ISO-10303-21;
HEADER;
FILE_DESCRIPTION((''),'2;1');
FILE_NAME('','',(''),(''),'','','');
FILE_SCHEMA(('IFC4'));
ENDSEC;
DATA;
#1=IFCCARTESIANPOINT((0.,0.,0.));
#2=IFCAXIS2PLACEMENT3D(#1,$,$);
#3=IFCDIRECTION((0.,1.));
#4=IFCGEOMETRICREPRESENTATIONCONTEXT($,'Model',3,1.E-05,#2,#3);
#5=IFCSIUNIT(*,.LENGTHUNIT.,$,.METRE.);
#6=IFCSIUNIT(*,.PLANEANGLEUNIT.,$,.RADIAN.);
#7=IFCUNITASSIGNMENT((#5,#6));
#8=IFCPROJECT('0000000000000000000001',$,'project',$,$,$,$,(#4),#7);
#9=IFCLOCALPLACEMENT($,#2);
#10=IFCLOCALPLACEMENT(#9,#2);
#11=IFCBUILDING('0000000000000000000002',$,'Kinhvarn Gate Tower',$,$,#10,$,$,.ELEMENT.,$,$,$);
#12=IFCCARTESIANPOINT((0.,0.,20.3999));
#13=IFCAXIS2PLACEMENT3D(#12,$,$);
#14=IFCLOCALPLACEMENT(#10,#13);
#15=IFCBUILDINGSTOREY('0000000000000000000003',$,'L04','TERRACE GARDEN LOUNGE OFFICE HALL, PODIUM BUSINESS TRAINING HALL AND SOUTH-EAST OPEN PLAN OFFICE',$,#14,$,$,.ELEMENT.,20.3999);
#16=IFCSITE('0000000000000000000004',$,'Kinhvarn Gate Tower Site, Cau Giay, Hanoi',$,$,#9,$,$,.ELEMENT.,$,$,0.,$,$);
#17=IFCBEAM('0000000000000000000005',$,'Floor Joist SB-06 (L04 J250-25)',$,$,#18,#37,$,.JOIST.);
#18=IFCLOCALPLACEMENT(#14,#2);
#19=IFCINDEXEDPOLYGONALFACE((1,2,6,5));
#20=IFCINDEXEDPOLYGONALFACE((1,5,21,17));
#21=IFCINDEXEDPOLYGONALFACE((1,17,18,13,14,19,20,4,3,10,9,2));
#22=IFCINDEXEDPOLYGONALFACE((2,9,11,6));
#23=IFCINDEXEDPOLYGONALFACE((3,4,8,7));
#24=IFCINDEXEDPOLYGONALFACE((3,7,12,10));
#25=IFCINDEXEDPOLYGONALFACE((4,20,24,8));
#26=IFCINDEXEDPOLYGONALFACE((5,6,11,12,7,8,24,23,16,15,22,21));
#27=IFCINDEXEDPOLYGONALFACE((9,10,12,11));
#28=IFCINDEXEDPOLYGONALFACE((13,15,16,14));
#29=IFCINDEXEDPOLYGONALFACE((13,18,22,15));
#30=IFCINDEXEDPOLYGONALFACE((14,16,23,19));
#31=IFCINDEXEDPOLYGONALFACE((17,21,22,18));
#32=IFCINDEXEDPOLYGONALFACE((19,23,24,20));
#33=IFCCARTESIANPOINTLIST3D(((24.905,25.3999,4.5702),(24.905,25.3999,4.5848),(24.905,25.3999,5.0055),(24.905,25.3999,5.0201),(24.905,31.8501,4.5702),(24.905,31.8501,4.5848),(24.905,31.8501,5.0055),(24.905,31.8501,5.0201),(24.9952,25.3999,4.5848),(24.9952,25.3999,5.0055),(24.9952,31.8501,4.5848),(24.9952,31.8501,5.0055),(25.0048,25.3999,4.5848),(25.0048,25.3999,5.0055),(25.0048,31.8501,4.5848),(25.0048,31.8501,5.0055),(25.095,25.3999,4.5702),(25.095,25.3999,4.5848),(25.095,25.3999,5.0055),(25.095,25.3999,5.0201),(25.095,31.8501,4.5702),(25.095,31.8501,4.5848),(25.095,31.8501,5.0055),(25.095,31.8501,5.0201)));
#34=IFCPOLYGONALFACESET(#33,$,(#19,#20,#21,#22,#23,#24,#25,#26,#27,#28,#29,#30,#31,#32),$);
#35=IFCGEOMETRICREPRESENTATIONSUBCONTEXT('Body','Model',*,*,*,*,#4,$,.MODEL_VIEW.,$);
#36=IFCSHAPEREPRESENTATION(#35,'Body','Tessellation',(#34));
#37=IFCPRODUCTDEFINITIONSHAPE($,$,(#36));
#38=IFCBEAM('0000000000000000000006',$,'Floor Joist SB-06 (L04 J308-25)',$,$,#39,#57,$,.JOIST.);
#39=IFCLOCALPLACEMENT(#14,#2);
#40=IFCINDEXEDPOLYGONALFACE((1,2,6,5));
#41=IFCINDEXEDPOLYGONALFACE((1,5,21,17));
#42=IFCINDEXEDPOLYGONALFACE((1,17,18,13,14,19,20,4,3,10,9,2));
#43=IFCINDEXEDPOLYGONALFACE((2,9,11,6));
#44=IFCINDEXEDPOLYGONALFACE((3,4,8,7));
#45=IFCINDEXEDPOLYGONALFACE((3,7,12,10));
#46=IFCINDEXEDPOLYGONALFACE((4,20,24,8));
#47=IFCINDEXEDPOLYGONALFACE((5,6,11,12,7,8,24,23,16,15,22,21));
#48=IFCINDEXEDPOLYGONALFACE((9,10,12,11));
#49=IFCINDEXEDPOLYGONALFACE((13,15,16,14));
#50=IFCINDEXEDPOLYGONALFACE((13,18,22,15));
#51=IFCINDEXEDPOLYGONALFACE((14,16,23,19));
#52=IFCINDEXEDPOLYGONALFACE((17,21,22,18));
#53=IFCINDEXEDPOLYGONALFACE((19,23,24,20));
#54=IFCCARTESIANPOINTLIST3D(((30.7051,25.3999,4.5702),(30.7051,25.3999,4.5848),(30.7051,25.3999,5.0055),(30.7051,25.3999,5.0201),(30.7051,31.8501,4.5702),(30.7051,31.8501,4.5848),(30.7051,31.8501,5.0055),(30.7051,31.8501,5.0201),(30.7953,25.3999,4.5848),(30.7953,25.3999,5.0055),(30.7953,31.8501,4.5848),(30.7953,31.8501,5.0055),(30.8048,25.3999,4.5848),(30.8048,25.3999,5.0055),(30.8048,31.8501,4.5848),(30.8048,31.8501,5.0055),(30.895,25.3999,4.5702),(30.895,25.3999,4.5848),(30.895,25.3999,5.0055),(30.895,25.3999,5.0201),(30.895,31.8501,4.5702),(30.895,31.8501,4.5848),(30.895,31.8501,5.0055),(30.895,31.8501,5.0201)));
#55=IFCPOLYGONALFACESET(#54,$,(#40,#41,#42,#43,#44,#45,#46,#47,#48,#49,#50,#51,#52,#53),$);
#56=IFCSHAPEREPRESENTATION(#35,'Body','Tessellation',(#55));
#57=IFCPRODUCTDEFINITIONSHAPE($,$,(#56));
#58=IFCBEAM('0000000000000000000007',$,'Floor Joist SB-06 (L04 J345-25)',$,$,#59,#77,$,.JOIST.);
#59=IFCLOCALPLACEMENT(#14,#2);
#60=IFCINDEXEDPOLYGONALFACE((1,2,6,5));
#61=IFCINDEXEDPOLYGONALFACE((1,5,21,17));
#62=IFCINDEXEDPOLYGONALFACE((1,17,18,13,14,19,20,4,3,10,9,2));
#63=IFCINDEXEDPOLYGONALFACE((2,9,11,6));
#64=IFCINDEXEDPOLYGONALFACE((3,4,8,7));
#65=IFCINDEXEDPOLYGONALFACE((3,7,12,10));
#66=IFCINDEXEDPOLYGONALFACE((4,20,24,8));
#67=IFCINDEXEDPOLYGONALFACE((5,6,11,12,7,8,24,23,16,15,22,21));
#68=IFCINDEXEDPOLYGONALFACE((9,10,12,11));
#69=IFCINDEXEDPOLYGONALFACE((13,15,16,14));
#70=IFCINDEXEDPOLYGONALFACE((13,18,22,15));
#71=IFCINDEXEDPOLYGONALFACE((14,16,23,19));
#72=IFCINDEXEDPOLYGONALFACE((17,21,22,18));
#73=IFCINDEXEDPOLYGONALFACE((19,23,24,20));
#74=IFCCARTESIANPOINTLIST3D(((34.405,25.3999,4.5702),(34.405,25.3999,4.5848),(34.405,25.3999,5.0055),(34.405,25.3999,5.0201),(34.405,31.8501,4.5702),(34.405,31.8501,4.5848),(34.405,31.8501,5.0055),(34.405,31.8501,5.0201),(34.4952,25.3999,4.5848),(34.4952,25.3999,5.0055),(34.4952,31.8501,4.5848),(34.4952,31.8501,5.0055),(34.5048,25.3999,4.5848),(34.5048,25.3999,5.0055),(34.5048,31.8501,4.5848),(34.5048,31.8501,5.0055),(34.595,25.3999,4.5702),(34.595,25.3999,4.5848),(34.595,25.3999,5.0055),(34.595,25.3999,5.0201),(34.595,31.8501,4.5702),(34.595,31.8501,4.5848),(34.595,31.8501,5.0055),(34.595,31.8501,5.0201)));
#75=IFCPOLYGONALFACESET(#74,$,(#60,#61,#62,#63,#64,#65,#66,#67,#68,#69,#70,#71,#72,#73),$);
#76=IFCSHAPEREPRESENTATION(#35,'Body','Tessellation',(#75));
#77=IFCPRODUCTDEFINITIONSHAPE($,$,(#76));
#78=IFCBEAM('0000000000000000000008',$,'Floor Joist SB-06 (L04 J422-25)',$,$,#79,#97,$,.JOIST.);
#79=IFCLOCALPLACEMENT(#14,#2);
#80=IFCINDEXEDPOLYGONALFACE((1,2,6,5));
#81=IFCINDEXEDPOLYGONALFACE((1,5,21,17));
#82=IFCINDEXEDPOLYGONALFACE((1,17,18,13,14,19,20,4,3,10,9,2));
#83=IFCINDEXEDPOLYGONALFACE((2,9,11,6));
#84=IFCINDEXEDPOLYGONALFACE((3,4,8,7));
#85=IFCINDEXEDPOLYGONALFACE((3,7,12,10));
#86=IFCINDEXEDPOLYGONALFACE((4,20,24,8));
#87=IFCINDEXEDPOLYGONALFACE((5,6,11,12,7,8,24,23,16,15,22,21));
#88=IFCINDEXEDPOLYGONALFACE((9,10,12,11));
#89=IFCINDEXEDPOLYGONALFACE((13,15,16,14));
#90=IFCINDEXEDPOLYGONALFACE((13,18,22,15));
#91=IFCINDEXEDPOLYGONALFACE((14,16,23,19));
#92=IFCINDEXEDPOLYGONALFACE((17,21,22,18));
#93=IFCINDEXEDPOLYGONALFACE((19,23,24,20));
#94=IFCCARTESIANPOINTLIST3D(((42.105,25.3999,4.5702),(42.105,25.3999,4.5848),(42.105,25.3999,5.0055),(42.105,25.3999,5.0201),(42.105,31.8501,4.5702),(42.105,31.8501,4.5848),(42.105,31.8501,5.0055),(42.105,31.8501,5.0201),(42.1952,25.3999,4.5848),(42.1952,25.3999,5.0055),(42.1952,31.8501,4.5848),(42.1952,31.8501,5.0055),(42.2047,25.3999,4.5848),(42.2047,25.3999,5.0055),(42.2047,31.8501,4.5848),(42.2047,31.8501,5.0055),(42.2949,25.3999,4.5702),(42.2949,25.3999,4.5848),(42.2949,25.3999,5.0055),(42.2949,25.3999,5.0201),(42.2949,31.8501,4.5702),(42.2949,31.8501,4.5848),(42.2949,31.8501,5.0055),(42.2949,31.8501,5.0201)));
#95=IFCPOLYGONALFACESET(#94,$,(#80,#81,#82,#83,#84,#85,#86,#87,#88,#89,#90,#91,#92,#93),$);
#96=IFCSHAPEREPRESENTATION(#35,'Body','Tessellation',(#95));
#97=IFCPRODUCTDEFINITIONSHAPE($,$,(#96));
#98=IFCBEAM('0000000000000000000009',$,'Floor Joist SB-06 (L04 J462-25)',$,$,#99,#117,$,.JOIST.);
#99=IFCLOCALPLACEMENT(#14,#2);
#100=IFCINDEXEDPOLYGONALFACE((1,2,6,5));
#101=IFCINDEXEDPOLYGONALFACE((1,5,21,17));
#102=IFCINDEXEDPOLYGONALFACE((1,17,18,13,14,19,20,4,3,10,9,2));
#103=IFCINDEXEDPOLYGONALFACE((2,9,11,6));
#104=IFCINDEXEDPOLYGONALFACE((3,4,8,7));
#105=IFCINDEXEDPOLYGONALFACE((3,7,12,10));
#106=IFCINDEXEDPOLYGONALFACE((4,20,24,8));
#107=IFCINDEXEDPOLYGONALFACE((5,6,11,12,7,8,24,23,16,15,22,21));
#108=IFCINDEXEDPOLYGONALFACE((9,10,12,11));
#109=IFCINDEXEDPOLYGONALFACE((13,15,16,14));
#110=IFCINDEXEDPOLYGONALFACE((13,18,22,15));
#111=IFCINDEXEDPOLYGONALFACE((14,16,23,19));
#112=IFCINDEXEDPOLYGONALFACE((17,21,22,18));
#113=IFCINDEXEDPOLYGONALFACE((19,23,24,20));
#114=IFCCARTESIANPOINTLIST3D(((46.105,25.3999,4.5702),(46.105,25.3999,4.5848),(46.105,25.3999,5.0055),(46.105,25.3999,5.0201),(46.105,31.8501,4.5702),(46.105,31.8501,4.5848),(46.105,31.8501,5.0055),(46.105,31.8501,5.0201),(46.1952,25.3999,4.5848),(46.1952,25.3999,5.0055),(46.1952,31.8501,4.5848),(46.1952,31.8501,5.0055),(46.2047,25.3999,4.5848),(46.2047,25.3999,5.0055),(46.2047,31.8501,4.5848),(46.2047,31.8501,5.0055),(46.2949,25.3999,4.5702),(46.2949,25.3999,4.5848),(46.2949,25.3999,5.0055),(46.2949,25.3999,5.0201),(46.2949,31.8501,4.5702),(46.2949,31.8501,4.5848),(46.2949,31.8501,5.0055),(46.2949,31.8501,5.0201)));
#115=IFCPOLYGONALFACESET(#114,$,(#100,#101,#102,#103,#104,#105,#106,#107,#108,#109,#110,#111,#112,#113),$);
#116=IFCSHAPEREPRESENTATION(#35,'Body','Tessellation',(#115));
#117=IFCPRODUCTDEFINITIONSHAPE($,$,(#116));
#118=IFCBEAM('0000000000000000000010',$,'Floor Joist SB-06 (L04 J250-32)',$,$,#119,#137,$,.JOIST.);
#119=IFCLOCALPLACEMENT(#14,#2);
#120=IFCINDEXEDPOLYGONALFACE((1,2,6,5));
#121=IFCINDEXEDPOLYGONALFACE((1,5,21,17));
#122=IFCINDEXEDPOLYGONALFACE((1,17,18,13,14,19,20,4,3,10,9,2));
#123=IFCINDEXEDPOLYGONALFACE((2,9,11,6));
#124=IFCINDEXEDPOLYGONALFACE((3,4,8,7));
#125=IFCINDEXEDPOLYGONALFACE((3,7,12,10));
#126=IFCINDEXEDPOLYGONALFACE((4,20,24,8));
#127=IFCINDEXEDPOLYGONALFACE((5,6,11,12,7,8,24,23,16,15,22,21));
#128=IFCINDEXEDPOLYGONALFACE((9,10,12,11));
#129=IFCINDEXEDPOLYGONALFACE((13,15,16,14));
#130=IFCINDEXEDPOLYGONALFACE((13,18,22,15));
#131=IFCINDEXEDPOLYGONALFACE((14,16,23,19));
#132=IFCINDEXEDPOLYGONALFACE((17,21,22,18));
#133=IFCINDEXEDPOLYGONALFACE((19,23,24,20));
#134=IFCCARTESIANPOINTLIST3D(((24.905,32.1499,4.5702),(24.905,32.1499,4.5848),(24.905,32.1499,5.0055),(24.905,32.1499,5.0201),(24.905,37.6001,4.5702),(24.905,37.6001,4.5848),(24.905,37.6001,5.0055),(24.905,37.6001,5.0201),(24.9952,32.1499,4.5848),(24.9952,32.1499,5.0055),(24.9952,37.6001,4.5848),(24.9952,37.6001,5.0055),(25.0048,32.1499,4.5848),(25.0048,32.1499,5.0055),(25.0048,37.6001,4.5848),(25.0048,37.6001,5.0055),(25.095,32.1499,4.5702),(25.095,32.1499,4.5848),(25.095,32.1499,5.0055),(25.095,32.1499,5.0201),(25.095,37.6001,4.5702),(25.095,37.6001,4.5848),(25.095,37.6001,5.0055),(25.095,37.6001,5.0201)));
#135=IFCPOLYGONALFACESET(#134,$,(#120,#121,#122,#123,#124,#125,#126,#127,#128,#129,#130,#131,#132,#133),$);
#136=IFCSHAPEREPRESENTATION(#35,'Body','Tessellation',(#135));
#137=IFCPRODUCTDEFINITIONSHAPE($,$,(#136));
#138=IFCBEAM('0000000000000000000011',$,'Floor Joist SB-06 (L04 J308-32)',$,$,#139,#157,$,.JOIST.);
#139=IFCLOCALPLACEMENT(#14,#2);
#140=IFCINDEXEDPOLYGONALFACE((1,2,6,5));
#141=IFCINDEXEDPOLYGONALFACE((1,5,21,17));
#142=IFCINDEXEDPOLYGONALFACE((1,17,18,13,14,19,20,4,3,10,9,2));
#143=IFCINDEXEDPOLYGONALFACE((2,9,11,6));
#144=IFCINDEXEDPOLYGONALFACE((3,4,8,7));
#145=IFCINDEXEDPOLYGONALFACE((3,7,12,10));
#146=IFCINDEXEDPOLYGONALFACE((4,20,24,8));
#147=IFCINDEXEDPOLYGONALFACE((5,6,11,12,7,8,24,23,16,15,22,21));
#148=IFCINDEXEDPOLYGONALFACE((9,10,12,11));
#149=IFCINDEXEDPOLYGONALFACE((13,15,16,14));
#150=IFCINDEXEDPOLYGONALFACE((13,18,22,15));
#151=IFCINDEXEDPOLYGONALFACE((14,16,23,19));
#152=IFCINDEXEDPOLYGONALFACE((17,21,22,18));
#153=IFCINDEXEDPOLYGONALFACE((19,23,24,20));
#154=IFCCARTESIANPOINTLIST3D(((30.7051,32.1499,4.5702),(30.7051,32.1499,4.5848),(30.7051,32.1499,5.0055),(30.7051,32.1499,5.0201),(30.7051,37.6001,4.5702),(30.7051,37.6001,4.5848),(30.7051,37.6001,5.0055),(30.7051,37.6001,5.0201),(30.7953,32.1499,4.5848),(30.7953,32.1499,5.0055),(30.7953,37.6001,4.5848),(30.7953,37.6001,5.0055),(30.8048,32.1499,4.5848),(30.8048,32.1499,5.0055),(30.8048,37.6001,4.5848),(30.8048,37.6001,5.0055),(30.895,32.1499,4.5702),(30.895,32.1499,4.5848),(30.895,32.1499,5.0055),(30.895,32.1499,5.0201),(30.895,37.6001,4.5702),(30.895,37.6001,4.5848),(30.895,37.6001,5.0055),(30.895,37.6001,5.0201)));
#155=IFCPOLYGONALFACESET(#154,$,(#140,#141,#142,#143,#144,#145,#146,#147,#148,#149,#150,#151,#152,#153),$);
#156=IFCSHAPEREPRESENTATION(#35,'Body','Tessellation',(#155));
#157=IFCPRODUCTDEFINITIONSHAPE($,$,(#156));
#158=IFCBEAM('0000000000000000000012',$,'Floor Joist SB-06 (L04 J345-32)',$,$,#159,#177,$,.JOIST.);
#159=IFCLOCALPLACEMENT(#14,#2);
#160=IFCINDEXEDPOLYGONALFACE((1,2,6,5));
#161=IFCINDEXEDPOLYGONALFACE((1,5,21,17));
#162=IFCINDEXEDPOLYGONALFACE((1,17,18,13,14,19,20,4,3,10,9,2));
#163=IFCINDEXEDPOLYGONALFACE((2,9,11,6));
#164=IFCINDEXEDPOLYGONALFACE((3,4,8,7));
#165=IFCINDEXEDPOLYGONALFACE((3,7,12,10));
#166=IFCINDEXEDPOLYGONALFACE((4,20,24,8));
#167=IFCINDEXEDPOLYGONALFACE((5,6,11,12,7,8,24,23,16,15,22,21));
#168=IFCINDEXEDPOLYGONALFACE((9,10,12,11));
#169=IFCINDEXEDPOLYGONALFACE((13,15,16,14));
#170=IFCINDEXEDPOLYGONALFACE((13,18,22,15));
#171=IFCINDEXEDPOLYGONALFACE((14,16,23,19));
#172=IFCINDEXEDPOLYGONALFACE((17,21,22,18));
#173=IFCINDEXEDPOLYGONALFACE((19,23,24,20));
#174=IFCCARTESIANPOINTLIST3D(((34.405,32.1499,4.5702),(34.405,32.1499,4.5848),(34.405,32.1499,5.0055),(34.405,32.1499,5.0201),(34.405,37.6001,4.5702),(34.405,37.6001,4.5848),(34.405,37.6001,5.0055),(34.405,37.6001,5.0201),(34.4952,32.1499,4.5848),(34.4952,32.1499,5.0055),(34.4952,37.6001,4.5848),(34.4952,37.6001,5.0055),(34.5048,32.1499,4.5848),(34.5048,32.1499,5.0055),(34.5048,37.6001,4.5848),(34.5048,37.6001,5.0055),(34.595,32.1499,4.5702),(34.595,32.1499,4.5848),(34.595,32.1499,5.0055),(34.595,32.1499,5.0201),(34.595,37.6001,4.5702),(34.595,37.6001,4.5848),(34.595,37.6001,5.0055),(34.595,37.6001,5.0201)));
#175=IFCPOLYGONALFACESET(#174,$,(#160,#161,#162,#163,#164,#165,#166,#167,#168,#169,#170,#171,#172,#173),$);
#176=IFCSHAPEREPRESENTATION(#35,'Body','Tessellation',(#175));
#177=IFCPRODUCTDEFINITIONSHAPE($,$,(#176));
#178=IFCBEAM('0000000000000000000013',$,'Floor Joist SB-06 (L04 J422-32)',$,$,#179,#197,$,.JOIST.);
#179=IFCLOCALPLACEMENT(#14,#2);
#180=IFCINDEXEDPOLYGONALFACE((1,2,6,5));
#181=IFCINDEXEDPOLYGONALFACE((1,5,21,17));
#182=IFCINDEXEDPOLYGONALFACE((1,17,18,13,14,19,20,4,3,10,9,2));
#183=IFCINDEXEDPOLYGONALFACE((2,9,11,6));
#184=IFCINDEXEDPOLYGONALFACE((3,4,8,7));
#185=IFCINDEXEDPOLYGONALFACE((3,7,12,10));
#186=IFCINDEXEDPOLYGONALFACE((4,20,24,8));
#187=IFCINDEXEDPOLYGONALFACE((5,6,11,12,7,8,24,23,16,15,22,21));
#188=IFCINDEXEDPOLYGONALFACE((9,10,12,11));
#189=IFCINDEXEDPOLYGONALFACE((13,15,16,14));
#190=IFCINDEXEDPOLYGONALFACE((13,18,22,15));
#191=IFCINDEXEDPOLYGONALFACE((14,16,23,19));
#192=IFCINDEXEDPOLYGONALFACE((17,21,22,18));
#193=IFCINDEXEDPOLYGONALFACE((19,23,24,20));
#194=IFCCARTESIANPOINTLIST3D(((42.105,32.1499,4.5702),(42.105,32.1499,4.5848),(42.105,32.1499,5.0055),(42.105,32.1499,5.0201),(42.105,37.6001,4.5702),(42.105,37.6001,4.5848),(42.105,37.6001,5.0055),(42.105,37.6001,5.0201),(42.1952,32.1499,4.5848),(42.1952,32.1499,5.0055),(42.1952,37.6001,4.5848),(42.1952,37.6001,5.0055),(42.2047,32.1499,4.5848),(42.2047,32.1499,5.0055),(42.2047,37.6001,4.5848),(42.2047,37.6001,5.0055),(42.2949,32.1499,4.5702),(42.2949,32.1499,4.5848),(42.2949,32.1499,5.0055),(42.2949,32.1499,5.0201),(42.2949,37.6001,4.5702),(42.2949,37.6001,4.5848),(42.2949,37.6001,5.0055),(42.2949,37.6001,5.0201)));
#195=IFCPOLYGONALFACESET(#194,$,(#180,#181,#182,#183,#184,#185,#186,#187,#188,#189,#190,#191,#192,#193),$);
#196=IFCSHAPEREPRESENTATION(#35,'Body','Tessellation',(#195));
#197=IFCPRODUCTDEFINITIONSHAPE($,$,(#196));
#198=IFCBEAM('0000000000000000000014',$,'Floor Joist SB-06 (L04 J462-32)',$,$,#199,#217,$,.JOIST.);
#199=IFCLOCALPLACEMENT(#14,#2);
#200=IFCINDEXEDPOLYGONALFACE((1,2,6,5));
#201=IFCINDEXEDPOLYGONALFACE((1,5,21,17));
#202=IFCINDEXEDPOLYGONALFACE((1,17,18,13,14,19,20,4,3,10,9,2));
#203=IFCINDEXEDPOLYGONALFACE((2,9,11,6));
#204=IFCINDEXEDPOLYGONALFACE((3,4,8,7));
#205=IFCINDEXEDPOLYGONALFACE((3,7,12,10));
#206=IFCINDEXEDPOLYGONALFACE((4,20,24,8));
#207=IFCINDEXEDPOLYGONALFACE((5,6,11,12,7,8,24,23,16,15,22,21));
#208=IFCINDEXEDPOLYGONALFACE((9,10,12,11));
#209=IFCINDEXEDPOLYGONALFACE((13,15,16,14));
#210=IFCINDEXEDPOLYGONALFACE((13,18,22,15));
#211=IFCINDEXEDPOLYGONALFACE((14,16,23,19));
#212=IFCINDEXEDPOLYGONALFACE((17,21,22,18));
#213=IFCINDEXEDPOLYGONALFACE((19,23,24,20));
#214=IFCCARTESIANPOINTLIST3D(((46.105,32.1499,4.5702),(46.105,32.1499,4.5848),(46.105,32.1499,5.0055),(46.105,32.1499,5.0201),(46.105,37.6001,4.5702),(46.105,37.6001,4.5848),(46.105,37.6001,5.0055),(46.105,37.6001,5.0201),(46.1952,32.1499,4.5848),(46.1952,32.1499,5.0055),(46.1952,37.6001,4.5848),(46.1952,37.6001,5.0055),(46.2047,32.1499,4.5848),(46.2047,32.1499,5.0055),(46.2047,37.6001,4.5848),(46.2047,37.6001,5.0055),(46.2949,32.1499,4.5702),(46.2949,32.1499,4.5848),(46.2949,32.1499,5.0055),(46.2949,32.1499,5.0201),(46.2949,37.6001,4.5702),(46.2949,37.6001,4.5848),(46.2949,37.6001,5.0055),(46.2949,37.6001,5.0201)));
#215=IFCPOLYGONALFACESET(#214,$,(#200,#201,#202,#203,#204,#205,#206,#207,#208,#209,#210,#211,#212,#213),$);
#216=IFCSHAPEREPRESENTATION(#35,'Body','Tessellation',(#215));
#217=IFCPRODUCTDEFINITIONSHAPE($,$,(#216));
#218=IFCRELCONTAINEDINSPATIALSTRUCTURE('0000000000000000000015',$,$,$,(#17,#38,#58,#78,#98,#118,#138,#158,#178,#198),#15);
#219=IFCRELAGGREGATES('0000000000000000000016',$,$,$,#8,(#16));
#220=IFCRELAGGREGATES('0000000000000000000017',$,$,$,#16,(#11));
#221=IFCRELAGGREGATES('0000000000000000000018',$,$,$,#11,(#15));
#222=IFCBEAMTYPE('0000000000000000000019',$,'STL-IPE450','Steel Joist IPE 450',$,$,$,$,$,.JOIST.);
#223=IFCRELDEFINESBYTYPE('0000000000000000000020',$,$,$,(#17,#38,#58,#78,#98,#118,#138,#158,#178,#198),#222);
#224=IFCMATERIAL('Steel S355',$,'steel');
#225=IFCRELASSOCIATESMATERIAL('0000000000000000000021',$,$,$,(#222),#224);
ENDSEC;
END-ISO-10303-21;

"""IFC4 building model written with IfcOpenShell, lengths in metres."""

from ifc_helpers import new_model, si_unit, direction, frame, origin, origin_2d, place, context, subcontext, project, spatial, i_section, extrude, material, material_profile, profile_set, type_object, element, save


model = new_model("IFC4")

# Units and contexts
model_context = context("Model", 3, precision=1e-05, world=origin(), true_north=direction((0.0, 1.0)))
body_context = subcontext(model_context, "Body", "Model", "MODEL_VIEW")
ifc_project = project(units=[si_unit("LENGTHUNIT", "METRE"), si_unit("PLANEANGLEUNIT", "RADIAN")], contexts=[model_context])

# Site, building, storey
site_placement = place(None, origin())
site = spatial("IfcSite", under=ifc_project, at=site_placement, Name="Kinhvarn Gate Tower Site, Cau Giay, Hanoi", CompositionType="ELEMENT", RefElevation=0.0)
building_placement = place(site_placement, origin())
building = spatial("IfcBuilding", under=site, at=building_placement, Name="Kinhvarn Gate Tower", CompositionType="ELEMENT")
storey_placement = place(building_placement, frame((0.0, 0.0, 20.3999)))
storey = spatial("IfcBuildingStorey", under=building, at=storey_placement, Name="L04", Description="TERRACE GARDEN LOUNGE OFFICE HALL, PODIUM BUSINESS TRAINING HALL AND SOUTH-EAST OPEN PLAN OFFICE", CompositionType="ELEMENT", Elevation=20.3999)

# Beams
ifc_material_1 = material(Name="Steel S355", Category="steel")
ifc_material_profile_1 = material_profile(ifc_material_1, i_section(OverallWidth=0.1899, OverallDepth=0.45, WebThickness=0.0095, FlangeThickness=0.0146, at=origin_2d()), Name="IPE 450")
ifc_profile_set_1 = profile_set([ifc_material_profile_1], Name="Steel S355")
beam_type_1 = type_object("IfcBeamType", Name="STL-IPE450", Description="Steel Joist IPE 450", PredefinedType="JOIST", material=ifc_profile_set_1)
for number, where, z_axis, x_axis, name in (
    (1, (25.0, 25.3999, 4.7952), (0.0, 1.0, 0.0), (-1.0, 0.0, 0.0), "Floor Joist SB-06 (L04 J250-25)"),
    (2, (30.8, 25.3999, 4.7952), (0.0, 1.0, 0.0), (-1.0, 0.0, 0.0), "Floor Joist SB-06 (L04 J308-25)"),
    (3, (34.5, 25.3999, 4.7952), (0.0, 1.0, 0.0), (-1.0, 0.0, 0.0), "Floor Joist SB-06 (L04 J345-25)"),
    (4, (42.2, 25.3999, 4.7952), (0.0, 1.0, 0.0), (-1.0, 0.0, 0.0), "Floor Joist SB-06 (L04 J422-25)"),
    (5, (46.2, 25.3999, 4.7952), (0.0, 1.0, 0.0), (-1.0, 0.0, 0.0), "Floor Joist SB-06 (L04 J462-25)"),
):
    element("IfcBeam", number, at=place(storey_placement, frame(where, z_axis=z_axis, x_axis=x_axis)), inside=storey, type_object=beam_type_1, Name=name, PredefinedType="JOIST", context=body_context, shape_type="SweptSolid", body=[
        extrude(i_section(OverallWidth=0.1899, OverallDepth=0.45, WebThickness=0.0095, FlangeThickness=0.0146, at=origin_2d()), origin(), (0.0, 0.0, 1.0), 6.4502),
    ])
for number, where, z_axis, x_axis, name in (
    (6, (25.0, 32.1499, 4.7952), (0.0, 1.0, 0.0), (-1.0, 0.0, 0.0), "Floor Joist SB-06 (L04 J250-32)"),
    (7, (30.8, 32.1499, 4.7952), (0.0, 1.0, 0.0), (-1.0, 0.0, 0.0), "Floor Joist SB-06 (L04 J308-32)"),
    (8, (34.5, 32.1499, 4.7952), (0.0, 1.0, 0.0), (-1.0, 0.0, 0.0), "Floor Joist SB-06 (L04 J345-32)"),
    (9, (42.2, 32.1499, 4.7952), (0.0, 1.0, 0.0), (-1.0, 0.0, 0.0), "Floor Joist SB-06 (L04 J422-32)"),
    (10, (46.2, 32.1499, 4.7952), (0.0, 1.0, 0.0), (-1.0, 0.0, 0.0), "Floor Joist SB-06 (L04 J462-32)"),
):
    element("IfcBeam", number, at=place(storey_placement, frame(where, z_axis=z_axis, x_axis=x_axis)), inside=storey, type_object=beam_type_1, Name=name, PredefinedType="JOIST", context=body_context, shape_type="SweptSolid", body=[
        extrude(i_section(OverallWidth=0.1899, OverallDepth=0.45, WebThickness=0.0095, FlangeThickness=0.0146, at=origin_2d()), origin(), (0.0, 0.0, 1.0), 5.4502),
    ])

save(model, "model.ifc")
